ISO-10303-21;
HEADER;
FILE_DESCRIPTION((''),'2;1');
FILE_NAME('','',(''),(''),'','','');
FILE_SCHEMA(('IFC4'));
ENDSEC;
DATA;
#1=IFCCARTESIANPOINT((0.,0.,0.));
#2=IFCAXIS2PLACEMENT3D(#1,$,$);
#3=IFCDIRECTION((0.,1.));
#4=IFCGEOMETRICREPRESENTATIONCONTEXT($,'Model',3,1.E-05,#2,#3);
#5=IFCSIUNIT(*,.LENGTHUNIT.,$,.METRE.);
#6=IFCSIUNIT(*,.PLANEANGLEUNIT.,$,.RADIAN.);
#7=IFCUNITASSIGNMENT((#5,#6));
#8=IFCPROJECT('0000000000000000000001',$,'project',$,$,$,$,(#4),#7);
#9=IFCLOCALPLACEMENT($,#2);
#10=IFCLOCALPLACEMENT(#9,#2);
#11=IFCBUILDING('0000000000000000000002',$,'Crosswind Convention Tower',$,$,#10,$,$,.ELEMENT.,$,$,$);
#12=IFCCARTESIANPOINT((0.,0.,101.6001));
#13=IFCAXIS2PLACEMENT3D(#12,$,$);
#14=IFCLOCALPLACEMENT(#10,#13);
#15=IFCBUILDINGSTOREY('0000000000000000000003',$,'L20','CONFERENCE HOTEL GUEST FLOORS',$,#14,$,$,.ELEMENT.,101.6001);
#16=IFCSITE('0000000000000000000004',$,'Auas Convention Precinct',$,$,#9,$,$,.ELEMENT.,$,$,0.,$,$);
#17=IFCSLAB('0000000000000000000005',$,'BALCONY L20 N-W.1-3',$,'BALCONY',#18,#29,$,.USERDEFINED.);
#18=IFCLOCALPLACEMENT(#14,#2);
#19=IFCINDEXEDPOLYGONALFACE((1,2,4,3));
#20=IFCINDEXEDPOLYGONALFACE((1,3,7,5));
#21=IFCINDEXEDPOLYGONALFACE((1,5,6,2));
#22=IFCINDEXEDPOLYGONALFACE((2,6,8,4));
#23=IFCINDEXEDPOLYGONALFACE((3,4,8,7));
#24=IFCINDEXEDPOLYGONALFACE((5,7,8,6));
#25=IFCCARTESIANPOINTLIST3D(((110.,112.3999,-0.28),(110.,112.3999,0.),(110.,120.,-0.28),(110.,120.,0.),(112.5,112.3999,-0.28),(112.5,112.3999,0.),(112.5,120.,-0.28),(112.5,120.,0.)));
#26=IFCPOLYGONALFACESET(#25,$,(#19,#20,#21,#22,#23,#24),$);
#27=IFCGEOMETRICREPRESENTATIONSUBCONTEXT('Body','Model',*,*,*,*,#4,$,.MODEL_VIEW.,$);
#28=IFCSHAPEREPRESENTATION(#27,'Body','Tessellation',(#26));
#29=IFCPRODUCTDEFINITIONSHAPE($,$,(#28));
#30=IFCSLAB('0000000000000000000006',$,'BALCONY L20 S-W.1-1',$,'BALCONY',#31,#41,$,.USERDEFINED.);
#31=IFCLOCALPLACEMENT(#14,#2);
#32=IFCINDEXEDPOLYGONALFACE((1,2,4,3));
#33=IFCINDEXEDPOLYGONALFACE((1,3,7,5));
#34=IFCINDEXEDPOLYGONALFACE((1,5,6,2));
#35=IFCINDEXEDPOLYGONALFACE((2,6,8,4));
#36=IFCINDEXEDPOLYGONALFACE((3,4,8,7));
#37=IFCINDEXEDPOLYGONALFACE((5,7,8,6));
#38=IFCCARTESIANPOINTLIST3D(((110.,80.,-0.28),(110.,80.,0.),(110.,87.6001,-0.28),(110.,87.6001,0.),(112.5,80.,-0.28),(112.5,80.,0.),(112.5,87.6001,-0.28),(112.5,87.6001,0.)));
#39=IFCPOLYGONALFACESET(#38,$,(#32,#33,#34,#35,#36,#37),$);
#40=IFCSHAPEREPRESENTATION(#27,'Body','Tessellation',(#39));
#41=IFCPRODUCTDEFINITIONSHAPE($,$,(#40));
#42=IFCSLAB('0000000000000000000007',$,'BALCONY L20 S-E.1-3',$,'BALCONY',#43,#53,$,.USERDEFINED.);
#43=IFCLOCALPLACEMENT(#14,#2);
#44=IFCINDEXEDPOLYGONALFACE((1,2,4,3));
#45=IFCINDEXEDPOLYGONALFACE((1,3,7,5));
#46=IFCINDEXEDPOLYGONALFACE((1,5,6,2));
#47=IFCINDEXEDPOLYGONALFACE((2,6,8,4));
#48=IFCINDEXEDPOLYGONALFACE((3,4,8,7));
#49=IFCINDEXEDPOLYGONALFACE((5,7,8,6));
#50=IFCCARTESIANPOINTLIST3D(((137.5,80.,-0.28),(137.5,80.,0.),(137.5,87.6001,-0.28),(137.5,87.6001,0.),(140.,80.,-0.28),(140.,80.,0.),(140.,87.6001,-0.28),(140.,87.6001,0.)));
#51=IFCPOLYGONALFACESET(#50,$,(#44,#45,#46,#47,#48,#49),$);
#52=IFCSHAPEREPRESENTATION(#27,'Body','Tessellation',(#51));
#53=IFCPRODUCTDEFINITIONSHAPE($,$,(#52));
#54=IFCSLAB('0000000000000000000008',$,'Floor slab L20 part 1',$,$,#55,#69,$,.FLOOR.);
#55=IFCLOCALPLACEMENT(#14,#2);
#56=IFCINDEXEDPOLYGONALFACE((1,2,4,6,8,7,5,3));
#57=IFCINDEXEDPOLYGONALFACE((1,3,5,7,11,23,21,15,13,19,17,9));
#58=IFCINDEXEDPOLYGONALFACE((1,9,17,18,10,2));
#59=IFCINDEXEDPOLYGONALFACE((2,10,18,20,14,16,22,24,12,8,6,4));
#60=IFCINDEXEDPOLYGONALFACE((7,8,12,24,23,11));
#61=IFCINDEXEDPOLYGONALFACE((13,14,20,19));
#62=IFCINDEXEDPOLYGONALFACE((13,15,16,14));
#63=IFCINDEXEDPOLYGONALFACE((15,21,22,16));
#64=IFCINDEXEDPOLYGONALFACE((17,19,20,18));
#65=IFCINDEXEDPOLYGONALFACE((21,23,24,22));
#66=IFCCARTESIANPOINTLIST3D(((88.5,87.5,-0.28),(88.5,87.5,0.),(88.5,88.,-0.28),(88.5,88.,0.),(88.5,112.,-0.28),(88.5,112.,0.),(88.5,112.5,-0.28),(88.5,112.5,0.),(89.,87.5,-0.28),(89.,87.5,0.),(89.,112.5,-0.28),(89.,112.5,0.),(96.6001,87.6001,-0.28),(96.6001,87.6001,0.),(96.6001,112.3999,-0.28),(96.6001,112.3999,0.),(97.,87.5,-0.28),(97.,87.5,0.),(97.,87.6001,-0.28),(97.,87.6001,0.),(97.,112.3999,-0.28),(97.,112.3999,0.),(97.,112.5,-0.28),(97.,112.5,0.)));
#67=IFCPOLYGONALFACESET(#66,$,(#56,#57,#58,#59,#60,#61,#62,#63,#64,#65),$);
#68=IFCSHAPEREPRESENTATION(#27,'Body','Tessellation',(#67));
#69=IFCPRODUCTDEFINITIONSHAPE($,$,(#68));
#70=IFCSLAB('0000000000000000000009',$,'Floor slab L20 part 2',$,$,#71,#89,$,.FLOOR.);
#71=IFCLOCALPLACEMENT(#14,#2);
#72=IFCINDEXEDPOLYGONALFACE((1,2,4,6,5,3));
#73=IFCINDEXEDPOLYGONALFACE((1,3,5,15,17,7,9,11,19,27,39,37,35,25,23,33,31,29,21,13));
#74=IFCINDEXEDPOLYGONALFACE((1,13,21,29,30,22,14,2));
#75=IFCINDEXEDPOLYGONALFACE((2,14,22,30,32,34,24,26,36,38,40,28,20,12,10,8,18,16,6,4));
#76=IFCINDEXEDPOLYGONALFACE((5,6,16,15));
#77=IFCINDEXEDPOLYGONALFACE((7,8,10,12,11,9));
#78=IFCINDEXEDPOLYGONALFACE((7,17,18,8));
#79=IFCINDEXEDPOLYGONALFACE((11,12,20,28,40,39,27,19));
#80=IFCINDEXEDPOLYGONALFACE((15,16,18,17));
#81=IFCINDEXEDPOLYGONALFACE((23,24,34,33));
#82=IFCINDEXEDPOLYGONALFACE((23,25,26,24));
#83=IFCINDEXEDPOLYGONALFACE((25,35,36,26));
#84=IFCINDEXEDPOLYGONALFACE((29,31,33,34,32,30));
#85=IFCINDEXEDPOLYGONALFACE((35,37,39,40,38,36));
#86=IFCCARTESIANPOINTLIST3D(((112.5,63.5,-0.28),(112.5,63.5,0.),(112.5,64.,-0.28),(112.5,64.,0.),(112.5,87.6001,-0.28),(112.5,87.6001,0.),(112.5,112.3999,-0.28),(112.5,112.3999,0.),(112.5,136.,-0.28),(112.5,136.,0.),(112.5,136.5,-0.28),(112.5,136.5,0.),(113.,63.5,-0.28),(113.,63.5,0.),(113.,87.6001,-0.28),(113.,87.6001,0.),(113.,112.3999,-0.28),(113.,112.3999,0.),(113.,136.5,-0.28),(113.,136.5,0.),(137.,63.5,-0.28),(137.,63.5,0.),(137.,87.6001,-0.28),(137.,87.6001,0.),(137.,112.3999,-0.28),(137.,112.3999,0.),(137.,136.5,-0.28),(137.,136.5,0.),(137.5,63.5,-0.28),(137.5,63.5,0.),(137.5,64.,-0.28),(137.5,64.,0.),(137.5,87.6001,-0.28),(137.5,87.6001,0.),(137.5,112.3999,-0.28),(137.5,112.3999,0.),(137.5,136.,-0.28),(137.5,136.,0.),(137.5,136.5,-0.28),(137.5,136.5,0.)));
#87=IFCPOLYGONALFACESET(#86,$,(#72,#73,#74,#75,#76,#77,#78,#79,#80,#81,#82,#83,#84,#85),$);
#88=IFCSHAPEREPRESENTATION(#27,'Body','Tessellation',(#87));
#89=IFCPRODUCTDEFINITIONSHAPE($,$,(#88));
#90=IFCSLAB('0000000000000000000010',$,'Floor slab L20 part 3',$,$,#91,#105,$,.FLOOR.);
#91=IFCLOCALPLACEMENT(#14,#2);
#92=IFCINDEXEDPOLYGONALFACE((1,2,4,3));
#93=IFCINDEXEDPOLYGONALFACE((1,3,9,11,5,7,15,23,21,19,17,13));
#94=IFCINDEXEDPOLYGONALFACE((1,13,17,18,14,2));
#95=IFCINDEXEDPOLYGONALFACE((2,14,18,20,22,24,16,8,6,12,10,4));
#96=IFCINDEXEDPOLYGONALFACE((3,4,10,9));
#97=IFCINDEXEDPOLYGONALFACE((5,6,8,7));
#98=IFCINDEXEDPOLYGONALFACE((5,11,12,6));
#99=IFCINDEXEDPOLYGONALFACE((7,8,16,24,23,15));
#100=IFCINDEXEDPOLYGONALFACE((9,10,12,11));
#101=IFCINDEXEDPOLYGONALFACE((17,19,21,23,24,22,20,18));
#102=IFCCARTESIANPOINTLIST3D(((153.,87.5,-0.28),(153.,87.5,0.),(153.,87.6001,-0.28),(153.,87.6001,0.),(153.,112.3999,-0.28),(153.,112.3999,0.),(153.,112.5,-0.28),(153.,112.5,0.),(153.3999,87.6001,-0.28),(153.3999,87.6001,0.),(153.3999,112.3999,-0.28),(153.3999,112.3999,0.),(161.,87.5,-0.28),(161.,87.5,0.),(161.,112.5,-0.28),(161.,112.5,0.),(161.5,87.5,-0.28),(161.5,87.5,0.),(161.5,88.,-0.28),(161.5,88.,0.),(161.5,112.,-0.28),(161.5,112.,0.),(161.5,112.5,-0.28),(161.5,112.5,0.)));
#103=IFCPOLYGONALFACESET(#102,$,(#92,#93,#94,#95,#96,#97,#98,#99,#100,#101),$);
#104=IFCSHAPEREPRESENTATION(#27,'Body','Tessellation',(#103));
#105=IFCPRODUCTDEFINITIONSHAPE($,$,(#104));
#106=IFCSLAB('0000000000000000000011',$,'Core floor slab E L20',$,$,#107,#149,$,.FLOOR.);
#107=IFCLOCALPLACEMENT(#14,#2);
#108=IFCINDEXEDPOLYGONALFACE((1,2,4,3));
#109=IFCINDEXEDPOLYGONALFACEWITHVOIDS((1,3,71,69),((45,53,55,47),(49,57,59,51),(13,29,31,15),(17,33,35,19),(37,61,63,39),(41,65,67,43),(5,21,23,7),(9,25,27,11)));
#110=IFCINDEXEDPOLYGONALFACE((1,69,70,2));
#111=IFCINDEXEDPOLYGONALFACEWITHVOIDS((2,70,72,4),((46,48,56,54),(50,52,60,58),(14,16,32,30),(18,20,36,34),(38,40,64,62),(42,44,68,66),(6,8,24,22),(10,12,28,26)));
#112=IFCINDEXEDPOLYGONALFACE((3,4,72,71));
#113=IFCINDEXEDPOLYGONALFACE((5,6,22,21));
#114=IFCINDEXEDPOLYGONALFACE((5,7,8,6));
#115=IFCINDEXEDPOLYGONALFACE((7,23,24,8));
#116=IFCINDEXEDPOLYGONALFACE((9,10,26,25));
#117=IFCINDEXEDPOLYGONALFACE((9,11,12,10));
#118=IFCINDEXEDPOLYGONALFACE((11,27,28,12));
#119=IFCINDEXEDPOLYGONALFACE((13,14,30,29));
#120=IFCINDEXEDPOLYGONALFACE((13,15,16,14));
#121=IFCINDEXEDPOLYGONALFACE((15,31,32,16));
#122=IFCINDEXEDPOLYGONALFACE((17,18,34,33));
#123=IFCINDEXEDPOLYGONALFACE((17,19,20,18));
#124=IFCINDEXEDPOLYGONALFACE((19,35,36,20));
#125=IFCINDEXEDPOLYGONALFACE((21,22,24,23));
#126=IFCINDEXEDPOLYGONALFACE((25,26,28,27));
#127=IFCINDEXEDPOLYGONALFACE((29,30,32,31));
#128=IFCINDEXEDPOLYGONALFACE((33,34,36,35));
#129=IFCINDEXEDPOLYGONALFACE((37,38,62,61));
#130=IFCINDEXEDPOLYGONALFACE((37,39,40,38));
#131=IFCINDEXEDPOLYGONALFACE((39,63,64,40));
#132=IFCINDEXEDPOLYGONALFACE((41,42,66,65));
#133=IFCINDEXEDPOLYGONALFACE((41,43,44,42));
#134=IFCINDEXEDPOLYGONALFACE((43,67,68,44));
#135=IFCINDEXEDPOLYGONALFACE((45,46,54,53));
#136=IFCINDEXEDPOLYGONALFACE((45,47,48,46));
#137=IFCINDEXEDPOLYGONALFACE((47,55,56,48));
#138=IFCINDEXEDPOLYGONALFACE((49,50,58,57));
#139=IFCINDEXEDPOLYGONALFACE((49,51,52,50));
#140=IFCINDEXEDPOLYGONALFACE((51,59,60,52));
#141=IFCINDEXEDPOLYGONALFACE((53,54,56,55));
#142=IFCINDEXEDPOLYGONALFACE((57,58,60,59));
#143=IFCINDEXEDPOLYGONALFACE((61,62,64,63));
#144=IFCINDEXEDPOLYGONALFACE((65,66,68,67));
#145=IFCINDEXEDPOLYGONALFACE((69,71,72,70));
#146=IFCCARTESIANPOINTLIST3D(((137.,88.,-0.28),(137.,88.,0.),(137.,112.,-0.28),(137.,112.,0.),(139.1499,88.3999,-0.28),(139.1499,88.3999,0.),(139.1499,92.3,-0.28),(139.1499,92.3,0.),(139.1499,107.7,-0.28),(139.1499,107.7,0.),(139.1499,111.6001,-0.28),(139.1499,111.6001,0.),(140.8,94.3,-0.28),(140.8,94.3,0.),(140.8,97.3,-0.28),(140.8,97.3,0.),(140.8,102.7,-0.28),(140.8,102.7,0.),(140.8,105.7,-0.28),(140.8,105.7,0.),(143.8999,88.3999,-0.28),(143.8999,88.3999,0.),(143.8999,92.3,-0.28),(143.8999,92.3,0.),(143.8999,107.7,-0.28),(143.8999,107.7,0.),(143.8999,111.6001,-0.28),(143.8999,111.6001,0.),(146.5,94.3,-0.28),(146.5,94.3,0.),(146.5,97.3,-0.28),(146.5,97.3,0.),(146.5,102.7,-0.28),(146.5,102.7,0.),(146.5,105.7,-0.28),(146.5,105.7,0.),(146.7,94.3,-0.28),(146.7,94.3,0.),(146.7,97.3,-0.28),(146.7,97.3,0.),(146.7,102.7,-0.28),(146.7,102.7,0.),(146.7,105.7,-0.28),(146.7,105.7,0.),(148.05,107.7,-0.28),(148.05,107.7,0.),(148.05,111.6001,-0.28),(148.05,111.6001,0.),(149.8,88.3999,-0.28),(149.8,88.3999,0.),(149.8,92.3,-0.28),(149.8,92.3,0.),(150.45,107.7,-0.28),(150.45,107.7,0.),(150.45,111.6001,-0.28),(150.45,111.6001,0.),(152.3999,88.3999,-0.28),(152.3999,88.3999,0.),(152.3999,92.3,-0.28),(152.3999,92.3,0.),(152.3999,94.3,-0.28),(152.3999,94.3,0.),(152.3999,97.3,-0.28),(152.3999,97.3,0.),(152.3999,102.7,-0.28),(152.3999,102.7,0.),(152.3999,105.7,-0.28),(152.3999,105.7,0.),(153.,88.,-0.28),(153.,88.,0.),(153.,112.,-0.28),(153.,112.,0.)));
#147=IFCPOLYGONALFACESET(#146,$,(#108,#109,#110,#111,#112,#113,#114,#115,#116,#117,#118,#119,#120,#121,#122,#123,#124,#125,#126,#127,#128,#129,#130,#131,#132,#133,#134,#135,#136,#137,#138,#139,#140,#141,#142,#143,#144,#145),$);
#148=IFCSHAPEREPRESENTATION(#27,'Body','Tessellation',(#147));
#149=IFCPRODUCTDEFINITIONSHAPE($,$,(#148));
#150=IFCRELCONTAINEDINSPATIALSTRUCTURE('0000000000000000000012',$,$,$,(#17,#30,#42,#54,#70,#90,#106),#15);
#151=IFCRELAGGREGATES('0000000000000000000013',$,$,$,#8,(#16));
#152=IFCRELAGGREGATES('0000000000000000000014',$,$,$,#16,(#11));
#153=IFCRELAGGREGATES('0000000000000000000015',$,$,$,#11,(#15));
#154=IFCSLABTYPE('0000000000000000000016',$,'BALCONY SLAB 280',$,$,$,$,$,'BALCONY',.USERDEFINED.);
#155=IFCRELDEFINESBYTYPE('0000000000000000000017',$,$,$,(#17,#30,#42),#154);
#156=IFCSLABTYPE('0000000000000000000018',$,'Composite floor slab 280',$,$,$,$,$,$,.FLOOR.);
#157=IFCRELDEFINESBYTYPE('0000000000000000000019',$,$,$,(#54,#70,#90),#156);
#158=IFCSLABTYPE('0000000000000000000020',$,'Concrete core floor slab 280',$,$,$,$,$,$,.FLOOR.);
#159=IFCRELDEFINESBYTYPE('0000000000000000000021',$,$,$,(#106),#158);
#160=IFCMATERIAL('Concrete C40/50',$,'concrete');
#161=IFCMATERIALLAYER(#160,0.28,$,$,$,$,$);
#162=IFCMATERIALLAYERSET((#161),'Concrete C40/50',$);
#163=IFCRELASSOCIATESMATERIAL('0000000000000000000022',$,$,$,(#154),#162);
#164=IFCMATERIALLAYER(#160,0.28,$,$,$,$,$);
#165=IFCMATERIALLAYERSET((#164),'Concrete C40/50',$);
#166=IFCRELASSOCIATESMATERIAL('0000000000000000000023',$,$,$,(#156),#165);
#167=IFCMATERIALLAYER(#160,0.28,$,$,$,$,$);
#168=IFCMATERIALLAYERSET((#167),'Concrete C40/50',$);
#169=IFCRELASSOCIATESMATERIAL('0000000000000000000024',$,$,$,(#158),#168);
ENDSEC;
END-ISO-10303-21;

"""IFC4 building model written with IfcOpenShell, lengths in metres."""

from ifc_helpers import new_model, si_unit, direction, frame, origin, place, context, subcontext, project, spatial, polyline, outline, extrude, material, layer, layer_set, type_object, element, save


model = new_model("IFC4")

# Units and contexts
model_context = context("Model", 3, precision=1e-05, world=origin(), true_north=direction((0.0, 1.0)))
body_context = subcontext(model_context, "Body", "Model", "MODEL_VIEW")
ifc_project = project(units=[si_unit("LENGTHUNIT", "METRE"), si_unit("PLANEANGLEUNIT", "RADIAN")], contexts=[model_context])

# Site, building, storey
site_placement = place(None, origin())
site = spatial("IfcSite", under=ifc_project, at=site_placement, Name="Auas Convention Precinct", CompositionType="ELEMENT", RefElevation=0.0)
building_placement = place(site_placement, origin())
building = spatial("IfcBuilding", under=site, at=building_placement, Name="Crosswind Convention Tower", CompositionType="ELEMENT")
storey_placement = place(building_placement, frame((0.0, 0.0, 101.6001)))
storey = spatial("IfcBuildingStorey", under=building, at=storey_placement, Name="L20", Description="CONFERENCE HOTEL GUEST FLOORS", CompositionType="ELEMENT", Elevation=101.6001)

# Slabs
ifc_material_1 = material(Name="Concrete C40/50", Category="concrete")
ifc_layer_1 = layer(ifc_material_1, 0.28)
ifc_layer_set_1 = layer_set([ifc_layer_1], Name="Concrete C40/50")
slab_type_1 = type_object("IfcSlabType", Name="BALCONY SLAB 280", ElementType="BALCONY", PredefinedType="USERDEFINED", material=ifc_layer_set_1)
slab_1_placement = place(storey_placement, frame((0.0, 0.0, -0.28)))
element("IfcSlab", 1, at=slab_1_placement, inside=storey, type_object=slab_type_1, Name="BALCONY L20 N-W.1-3", ObjectType="BALCONY", PredefinedType="USERDEFINED", context=body_context, shape_type="SweptSolid", body=[
    extrude(outline(polyline([(112.5, 120.0), (112.5, 112.3999), (110.0, 112.3999), (110.0, 120.0), (112.5, 120.0)])), origin(), (0.0, 0.0, 1.0), 0.28),
])
slab_2_placement = place(storey_placement, frame((0.0, 0.0, -0.28)))
element("IfcSlab", 2, at=slab_2_placement, inside=storey, type_object=slab_type_1, Name="BALCONY L20 S-W.1-1", ObjectType="BALCONY", PredefinedType="USERDEFINED", context=body_context, shape_type="SweptSolid", body=[
    extrude(outline(polyline([(112.5, 87.6001), (112.5, 80.0), (110.0, 80.0), (110.0, 87.6001), (112.5, 87.6001)])), origin(), (0.0, 0.0, 1.0), 0.28),
])
slab_3_placement = place(storey_placement, frame((0.0, 0.0, -0.28)))
element("IfcSlab", 3, at=slab_3_placement, inside=storey, type_object=slab_type_1, Name="BALCONY L20 S-E.1-3", ObjectType="BALCONY", PredefinedType="USERDEFINED", context=body_context, shape_type="SweptSolid", body=[
    extrude(outline(polyline([(137.5, 80.0), (137.5, 87.6001), (140.0, 87.6001), (140.0, 80.0), (137.5, 80.0)])), origin(), (0.0, 0.0, 1.0), 0.28),
])
ifc_layer_2 = layer(ifc_material_1, 0.28)
ifc_layer_set_2 = layer_set([ifc_layer_2], Name="Concrete C40/50")
slab_type_2 = type_object("IfcSlabType", Name="Composite floor slab 280", PredefinedType="FLOOR", material=ifc_layer_set_2)
slab_4_placement = place(storey_placement, frame((0.0, 0.0, -0.28)))
element("IfcSlab", 4, at=slab_4_placement, inside=storey, type_object=slab_type_2, Name="Floor slab L20 part 1", PredefinedType="FLOOR", context=body_context, shape_type="SweptSolid", body=[
    extrude(outline(polyline([(97.0, 87.5), (89.0, 87.5), (88.5, 87.5), (88.5, 88.0), (88.5, 112.0), (88.5, 112.5), (89.0, 112.5), (97.0, 112.5), (97.0, 112.3999), (96.6001, 112.3999), (96.6001, 87.6001), (97.0, 87.6001), (97.0, 87.5)])), origin(), (0.0, 0.0, 1.0), 0.28),
])
slab_5_placement = place(storey_placement, frame((0.0, 0.0, -0.28)))
element("IfcSlab", 5, at=slab_5_placement, inside=storey, type_object=slab_type_2, Name="Floor slab L20 part 2", PredefinedType="FLOOR", context=body_context, shape_type="SweptSolid", body=[
    extrude(outline(polyline([(112.5, 87.6001), (113.0, 87.6001), (113.0, 112.3999), (112.5, 112.3999), (112.5, 136.0), (112.5, 136.5), (113.0, 136.5), (137.0, 136.5), (137.5, 136.5), (137.5, 136.0), (137.5, 112.3999), (137.0, 112.3999), (137.0, 87.6001), (137.5, 87.6001), (137.5, 64.0), (137.5, 63.5), (137.0, 63.5), (113.0, 63.5), (112.5, 63.5), (112.5, 64.0), (112.5, 87.6001)])), origin(), (0.0, 0.0, 1.0), 0.28),
])
slab_6_placement = place(storey_placement, frame((0.0, 0.0, -0.28)))
element("IfcSlab", 6, at=slab_6_placement, inside=storey, type_object=slab_type_2, Name="Floor slab L20 part 3", PredefinedType="FLOOR", context=body_context, shape_type="SweptSolid", body=[
    extrude(outline(polyline([(153.0, 112.5), (161.0, 112.5), (161.5, 112.5), (161.5, 112.0), (161.5, 88.0), (161.5, 87.5), (161.0, 87.5), (153.0, 87.5), (153.0, 87.6001), (153.3999, 87.6001), (153.3999, 112.3999), (153.0, 112.3999), (153.0, 112.5)])), origin(), (0.0, 0.0, 1.0), 0.28),
])
ifc_layer_3 = layer(ifc_material_1, 0.28)
ifc_layer_set_3 = layer_set([ifc_layer_3], Name="Concrete C40/50")
slab_type_3 = type_object("IfcSlabType", Name="Concrete core floor slab 280", PredefinedType="FLOOR", material=ifc_layer_set_3)
slab_7_placement = place(storey_placement, frame((0.0, 0.0, -0.28)))
element("IfcSlab", 7, at=slab_7_placement, inside=storey, type_object=slab_type_3, Name="Core floor slab E L20", PredefinedType="FLOOR", context=body_context, shape_type="SweptSolid", body=[
    extrude(outline(polyline([(137.0, 88.0), (153.0, 88.0), (153.0, 112.0), (137.0, 112.0), (137.0, 88.0)]), holes=[polyline([(146.5, 102.7), (146.5, 105.7), (140.8, 105.7), (140.8, 102.7), (146.5, 102.7)]), polyline([(152.3999, 102.7), (152.3999, 105.7), (146.7, 105.7), (146.7, 102.7), (152.3999, 102.7)]), polyline([(146.5, 94.3), (146.5, 97.3), (140.8, 97.3), (140.8, 94.3), (146.5, 94.3)]), polyline([(152.3999, 94.3), (152.3999, 97.3), (146.7, 97.3), (146.7, 94.3), (152.3999, 94.3)]), polyline([(150.45, 107.7), (150.45, 111.6001), (148.05, 111.6001), (148.05, 107.7), (150.45, 107.7)]), polyline([(152.3999, 88.3999), (152.3999, 92.3), (149.8, 92.3), (149.8, 88.3999), (152.3999, 88.3999)]), polyline([(143.8999, 107.7), (143.8999, 111.6001), (139.1499, 111.6001), (139.1499, 107.7), (143.8999, 107.7)]), polyline([(143.8999, 88.3999), (143.8999, 92.3), (139.1499, 92.3), (139.1499, 88.3999), (143.8999, 88.3999)])]), origin(), (0.0, 0.0, 1.0), 0.28),
])

save(model, "model.ifc")
